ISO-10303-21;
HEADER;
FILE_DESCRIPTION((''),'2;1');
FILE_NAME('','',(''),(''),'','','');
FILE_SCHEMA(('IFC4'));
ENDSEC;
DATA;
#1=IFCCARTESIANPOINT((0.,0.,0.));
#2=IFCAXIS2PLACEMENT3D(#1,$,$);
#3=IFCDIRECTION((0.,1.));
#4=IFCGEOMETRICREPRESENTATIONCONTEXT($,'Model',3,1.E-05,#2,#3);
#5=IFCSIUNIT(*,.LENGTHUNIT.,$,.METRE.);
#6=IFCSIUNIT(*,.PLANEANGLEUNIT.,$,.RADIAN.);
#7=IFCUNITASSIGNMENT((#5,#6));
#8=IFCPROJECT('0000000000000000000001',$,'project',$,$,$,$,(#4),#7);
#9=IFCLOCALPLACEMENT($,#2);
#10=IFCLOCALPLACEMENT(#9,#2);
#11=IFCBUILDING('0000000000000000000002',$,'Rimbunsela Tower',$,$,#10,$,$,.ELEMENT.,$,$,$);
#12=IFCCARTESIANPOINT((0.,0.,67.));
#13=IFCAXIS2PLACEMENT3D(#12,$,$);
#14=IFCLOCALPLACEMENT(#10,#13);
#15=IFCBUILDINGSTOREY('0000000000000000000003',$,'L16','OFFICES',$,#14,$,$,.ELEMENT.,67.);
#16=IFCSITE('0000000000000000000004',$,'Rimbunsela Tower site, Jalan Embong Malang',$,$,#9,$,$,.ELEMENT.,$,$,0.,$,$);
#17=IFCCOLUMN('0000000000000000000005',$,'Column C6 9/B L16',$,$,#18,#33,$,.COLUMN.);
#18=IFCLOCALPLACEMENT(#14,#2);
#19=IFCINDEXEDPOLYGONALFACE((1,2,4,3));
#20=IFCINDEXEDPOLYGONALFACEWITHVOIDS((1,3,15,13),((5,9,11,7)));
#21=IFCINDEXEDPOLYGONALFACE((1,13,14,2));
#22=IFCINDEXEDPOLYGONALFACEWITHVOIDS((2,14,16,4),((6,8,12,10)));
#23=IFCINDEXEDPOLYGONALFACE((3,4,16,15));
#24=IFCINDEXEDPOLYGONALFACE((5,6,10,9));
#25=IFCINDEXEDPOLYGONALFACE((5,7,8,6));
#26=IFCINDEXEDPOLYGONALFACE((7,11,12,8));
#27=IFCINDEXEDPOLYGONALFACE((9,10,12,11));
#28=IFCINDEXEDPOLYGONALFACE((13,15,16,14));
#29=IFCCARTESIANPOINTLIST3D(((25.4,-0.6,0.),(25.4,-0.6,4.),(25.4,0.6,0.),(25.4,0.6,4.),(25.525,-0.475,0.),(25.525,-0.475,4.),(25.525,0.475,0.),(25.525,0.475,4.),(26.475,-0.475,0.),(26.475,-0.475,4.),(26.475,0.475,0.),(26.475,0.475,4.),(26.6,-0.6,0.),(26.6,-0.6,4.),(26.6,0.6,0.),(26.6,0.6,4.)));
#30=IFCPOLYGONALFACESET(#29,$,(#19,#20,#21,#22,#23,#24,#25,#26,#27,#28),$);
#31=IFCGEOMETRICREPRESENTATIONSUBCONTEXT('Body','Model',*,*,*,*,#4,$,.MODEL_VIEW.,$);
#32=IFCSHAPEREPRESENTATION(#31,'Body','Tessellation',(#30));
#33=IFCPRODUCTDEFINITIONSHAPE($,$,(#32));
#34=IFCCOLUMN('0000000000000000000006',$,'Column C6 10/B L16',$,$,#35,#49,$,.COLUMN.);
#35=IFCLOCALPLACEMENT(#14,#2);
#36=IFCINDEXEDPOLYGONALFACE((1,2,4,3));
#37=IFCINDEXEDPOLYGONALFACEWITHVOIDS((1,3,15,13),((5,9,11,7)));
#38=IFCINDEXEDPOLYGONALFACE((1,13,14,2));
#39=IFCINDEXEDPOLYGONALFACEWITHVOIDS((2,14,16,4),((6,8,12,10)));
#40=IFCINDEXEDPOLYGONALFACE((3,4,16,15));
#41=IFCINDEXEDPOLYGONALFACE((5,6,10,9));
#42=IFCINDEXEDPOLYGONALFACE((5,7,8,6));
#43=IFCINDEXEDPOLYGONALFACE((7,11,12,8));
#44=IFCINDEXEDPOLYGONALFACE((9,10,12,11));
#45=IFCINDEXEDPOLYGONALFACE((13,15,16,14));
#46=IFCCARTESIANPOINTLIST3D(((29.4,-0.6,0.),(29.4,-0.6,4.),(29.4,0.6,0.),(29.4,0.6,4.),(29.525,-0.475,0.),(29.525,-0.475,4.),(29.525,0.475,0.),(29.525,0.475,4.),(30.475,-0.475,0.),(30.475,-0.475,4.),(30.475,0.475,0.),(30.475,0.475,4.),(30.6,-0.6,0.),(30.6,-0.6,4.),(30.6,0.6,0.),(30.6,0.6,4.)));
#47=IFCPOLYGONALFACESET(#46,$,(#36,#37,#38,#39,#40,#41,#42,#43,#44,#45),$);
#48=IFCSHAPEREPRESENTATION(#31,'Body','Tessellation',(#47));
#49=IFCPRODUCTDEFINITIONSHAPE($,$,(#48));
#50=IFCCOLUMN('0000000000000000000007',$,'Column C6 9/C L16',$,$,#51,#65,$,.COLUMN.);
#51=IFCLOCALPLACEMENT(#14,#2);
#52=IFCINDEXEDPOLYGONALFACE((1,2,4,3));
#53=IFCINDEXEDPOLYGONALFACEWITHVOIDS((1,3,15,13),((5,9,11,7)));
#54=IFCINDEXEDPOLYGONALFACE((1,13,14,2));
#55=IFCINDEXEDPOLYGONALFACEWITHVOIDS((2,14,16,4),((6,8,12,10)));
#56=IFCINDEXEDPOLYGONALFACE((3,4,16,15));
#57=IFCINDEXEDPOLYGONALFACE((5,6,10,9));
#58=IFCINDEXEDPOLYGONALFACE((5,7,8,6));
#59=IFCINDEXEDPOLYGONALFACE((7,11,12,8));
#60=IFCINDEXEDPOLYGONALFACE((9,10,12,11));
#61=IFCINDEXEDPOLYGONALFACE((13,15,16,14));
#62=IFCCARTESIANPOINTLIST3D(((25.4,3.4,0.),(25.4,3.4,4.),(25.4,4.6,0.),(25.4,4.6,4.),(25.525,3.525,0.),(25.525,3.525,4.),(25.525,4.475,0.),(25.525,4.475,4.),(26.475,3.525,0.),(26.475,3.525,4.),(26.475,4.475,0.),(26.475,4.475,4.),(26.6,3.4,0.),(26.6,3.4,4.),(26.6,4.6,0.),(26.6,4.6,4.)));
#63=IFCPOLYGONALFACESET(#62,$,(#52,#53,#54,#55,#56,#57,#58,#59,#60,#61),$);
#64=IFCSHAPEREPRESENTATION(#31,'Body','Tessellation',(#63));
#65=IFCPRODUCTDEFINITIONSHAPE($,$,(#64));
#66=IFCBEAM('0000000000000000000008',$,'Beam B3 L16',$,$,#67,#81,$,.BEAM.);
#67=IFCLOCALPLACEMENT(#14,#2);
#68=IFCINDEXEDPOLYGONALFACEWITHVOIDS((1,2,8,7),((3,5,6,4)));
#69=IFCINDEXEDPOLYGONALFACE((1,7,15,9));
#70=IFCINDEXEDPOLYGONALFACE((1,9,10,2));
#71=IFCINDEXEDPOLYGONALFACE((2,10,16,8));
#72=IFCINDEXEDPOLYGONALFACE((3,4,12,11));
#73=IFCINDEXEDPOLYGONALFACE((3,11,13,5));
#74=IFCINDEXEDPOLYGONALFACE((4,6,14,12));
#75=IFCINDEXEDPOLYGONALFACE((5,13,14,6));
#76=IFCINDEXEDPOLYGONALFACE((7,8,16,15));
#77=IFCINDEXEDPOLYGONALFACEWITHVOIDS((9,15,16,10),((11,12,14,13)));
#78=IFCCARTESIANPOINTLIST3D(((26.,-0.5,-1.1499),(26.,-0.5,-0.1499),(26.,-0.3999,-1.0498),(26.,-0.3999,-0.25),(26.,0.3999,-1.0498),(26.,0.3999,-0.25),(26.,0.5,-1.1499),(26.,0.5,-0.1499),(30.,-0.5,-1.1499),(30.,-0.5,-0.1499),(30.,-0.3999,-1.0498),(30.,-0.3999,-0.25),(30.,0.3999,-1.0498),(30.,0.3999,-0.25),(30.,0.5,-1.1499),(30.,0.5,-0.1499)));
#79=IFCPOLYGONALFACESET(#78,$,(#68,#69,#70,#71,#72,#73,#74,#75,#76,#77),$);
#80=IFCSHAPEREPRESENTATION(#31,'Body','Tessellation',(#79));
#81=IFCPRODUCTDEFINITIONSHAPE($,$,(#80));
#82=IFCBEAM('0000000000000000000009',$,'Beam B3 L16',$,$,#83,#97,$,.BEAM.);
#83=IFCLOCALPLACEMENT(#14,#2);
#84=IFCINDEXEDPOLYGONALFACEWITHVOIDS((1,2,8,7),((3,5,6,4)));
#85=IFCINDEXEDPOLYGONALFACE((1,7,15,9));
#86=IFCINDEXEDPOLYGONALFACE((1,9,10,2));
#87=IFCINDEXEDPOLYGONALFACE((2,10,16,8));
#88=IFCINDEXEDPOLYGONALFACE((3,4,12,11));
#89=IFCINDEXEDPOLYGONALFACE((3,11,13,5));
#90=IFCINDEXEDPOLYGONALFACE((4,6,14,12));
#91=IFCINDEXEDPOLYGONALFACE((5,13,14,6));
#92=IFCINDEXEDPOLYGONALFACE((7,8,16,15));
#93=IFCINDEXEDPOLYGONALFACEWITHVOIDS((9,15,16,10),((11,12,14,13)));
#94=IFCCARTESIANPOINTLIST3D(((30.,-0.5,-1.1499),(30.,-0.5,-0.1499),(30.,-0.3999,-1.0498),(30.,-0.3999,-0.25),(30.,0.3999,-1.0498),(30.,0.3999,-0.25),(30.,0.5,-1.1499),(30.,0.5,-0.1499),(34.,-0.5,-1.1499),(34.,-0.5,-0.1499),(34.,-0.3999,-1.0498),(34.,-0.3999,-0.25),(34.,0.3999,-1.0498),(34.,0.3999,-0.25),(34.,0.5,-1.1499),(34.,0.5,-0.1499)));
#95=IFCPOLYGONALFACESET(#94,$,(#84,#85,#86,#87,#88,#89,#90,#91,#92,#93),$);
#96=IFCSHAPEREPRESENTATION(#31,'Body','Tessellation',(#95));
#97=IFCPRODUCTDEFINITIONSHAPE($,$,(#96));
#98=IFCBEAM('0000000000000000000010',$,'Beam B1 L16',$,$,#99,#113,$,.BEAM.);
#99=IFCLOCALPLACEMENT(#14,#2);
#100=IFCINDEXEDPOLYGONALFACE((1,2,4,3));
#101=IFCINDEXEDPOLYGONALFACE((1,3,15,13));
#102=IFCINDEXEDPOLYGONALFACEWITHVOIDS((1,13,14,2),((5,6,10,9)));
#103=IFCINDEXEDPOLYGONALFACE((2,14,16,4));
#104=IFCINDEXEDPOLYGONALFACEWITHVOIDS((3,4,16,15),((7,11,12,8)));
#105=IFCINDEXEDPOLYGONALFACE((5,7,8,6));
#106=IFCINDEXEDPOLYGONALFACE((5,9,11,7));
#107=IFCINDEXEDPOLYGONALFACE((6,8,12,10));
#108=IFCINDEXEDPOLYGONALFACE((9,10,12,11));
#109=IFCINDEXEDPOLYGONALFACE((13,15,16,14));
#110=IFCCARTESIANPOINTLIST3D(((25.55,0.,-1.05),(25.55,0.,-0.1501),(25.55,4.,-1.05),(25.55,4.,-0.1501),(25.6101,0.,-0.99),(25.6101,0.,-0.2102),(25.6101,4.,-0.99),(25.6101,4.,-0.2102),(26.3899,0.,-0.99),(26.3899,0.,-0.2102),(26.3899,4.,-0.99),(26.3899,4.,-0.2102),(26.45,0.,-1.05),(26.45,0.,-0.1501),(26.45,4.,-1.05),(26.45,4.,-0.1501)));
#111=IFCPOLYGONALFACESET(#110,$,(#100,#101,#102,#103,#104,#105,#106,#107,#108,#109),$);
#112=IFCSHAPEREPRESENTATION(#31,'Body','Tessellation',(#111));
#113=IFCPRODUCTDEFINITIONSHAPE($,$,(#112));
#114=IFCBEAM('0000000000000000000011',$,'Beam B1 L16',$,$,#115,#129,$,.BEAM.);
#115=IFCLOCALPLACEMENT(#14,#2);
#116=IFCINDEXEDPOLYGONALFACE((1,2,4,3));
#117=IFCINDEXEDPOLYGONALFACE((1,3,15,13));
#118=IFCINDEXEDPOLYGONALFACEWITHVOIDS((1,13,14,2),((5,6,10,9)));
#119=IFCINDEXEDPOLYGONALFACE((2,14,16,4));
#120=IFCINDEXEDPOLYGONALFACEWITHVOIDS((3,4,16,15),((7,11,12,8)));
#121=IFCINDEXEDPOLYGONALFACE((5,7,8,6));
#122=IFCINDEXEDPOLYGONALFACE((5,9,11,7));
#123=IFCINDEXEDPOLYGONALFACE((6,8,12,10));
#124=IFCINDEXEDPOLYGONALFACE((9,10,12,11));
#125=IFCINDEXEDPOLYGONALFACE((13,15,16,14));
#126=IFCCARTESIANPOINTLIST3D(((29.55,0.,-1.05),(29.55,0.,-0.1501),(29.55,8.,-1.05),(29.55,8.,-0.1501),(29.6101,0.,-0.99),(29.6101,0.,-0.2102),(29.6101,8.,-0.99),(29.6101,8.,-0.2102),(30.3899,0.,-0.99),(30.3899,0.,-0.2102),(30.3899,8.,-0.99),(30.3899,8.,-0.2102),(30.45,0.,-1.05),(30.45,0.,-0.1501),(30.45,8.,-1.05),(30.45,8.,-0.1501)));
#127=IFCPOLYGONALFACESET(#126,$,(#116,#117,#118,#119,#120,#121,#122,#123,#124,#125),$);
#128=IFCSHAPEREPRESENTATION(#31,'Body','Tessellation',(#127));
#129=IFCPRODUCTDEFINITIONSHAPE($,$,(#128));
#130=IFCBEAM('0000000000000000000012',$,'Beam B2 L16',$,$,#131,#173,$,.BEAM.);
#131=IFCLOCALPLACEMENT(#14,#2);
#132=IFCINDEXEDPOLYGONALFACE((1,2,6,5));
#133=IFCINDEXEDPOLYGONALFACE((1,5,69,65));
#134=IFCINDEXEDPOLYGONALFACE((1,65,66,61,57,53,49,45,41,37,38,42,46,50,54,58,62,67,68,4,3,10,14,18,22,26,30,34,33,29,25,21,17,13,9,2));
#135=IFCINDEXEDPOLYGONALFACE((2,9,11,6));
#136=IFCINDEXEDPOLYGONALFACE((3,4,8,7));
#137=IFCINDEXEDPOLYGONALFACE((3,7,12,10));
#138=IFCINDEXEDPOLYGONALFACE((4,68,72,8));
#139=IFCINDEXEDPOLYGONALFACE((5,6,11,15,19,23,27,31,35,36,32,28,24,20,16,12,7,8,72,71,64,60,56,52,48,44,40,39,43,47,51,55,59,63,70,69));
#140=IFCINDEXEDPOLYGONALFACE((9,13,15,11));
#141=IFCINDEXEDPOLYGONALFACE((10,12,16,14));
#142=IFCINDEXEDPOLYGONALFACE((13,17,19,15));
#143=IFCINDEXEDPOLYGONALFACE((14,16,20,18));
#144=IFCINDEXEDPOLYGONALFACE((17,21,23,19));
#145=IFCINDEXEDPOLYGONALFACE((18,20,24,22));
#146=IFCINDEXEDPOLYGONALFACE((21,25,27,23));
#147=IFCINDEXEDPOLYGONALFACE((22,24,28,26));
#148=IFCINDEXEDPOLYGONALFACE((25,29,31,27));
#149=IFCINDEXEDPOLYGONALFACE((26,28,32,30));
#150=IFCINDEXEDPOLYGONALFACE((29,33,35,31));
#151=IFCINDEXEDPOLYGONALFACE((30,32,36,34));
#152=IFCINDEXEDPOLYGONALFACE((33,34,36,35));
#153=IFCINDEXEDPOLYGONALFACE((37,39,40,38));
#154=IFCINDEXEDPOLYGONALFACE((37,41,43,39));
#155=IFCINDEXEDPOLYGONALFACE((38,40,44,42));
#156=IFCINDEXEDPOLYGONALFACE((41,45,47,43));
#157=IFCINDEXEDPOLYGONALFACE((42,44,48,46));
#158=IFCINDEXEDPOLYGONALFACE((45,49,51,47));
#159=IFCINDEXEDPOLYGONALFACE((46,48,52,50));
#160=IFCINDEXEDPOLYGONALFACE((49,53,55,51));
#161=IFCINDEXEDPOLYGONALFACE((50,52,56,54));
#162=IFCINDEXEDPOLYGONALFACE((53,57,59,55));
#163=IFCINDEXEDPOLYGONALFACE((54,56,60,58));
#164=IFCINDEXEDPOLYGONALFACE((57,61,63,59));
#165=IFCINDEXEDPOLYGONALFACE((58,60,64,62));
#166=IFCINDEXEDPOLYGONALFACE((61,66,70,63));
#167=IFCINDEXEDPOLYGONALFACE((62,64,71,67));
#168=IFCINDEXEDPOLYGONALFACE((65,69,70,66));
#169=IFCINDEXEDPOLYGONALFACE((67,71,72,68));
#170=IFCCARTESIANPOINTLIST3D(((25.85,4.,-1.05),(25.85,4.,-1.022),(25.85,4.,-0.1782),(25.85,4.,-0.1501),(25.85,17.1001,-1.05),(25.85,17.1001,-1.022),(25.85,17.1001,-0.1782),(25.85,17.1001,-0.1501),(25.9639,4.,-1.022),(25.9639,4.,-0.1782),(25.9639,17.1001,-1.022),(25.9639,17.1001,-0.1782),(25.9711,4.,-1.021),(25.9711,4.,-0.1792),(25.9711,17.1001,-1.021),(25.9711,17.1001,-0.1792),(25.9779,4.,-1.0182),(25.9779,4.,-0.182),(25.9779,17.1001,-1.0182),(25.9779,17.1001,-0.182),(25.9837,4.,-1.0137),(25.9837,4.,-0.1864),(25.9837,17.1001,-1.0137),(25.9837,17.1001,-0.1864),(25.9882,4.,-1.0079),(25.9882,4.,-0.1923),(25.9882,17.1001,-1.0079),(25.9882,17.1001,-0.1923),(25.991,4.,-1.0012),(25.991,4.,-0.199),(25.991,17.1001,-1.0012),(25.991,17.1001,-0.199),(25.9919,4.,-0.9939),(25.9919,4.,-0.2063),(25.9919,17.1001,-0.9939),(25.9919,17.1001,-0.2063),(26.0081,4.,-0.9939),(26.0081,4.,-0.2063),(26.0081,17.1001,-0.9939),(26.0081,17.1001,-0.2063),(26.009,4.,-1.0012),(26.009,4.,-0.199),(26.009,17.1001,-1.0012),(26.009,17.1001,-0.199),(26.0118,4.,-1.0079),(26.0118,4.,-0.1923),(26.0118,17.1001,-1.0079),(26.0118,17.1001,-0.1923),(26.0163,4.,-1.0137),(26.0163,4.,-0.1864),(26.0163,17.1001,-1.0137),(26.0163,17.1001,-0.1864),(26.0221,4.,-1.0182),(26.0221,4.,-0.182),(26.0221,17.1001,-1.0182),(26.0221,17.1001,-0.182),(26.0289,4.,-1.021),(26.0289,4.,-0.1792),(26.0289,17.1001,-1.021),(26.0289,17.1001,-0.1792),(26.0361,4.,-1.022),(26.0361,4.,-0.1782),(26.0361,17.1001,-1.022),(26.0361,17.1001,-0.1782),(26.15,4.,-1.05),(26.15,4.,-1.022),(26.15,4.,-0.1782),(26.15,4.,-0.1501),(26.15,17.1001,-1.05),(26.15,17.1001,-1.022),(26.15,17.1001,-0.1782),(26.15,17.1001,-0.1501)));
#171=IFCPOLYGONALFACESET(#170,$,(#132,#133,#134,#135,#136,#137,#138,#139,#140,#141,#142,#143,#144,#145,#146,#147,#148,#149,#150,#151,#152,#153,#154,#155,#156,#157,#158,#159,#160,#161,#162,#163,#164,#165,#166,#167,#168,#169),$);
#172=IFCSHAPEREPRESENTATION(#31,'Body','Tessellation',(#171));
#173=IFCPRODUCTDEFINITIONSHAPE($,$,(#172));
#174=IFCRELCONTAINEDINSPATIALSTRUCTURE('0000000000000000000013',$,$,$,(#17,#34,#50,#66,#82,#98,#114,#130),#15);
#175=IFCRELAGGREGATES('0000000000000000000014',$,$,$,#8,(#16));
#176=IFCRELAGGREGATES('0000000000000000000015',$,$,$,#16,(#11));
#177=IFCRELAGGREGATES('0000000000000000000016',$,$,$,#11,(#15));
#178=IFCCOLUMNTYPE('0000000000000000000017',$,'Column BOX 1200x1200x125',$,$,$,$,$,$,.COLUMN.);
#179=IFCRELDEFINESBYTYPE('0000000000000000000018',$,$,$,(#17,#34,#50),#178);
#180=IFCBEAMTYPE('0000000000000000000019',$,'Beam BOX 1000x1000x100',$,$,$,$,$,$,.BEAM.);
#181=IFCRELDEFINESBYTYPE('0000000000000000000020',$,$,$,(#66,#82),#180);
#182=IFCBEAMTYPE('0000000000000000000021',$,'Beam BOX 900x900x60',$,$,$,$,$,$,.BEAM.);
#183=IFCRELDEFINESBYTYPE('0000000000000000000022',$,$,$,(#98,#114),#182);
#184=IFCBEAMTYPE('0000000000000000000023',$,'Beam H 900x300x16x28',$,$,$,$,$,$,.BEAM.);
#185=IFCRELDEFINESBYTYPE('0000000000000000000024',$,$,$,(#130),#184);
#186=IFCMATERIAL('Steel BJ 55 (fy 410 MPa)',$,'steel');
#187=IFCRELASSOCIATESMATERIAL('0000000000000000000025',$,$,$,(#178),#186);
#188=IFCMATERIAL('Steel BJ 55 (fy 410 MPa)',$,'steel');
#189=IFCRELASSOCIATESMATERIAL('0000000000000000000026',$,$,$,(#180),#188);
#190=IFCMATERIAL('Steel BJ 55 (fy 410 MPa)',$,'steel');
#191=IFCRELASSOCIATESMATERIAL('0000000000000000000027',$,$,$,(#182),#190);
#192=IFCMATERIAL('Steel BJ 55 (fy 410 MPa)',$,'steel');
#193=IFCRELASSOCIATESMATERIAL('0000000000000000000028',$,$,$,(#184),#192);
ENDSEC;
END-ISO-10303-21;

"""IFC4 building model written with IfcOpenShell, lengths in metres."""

from ifc_helpers import new_model, si_unit, direction, frame, origin, origin_2d, place, context, subcontext, project, spatial, hollow_rectangle, i_section, extrude, material, material_profile, profile_set, type_object, element, save


model = new_model("IFC4")

# Units and contexts
model_context = context("Model", 3, precision=1e-05, world=origin(), true_north=direction((0.0, 1.0)))
body_context = subcontext(model_context, "Body", "Model", "MODEL_VIEW")
ifc_project = project(units=[si_unit("LENGTHUNIT", "METRE"), si_unit("PLANEANGLEUNIT", "RADIAN")], contexts=[model_context])

# Site, building, storey
site_placement = place(None, origin())
site = spatial("IfcSite", under=ifc_project, at=site_placement, Name="Rimbunsela Tower site, Jalan Embong Malang", CompositionType="ELEMENT", RefElevation=0.0)
building_placement = place(site_placement, origin())
building = spatial("IfcBuilding", under=site, at=building_placement, Name="Rimbunsela Tower", CompositionType="ELEMENT")
storey_placement = place(building_placement, frame((0.0, 0.0, 67.0)))
storey = spatial("IfcBuildingStorey", under=building, at=storey_placement, Name="L16", Description="OFFICES", CompositionType="ELEMENT", Elevation=67.0)

# Columns
ifc_material_1 = material(Name="Steel BJ 55 (fy 410 MPa)", Category="steel")
ifc_material_profile_1 = material_profile(ifc_material_1, hollow_rectangle(XDim=1.2, YDim=1.2, WallThickness=0.125, at=origin_2d()), Name="BOX 1200x1200x125")
ifc_profile_set_1 = profile_set([ifc_material_profile_1], Name="Steel BJ 55 (fy 410 MPa)")
column_type = type_object("IfcColumnType", Name="Column BOX 1200x1200x125", PredefinedType="COLUMN", material=ifc_profile_set_1)
for number, where, z_axis, x_axis, name in (
    (1, (26.0, 0.0, 0.0), (0.0, 0.0, 1.0), (1.0, 0.0, 0.0), "Column C6 9/B L16"),
    (2, (30.0, 0.0, 0.0), (0.0, 0.0, 1.0), (1.0, 0.0, 0.0), "Column C6 10/B L16"),
    (3, (26.0, 4.0, 0.0), (0.0, 0.0, 1.0), (1.0, 0.0, 0.0), "Column C6 9/C L16"),
):
    element("IfcColumn", number, at=place(storey_placement, frame(where, z_axis=z_axis, x_axis=x_axis)), inside=storey, type_object=column_type, Name=name, PredefinedType="COLUMN", context=body_context, shape_type="SweptSolid", body=[
        extrude(hollow_rectangle(XDim=1.2, YDim=1.2, WallThickness=0.125, at=origin_2d()), origin(), (0.0, 0.0, 1.0), 4.0),
    ])

# Beams
ifc_material_2 = material(Name="Steel BJ 55 (fy 410 MPa)", Category="steel")
ifc_material_profile_2 = material_profile(ifc_material_2, hollow_rectangle(XDim=1.0, YDim=1.0, WallThickness=0.1001, at=origin_2d()), Name="BOX 1000x1000x100")
ifc_profile_set_2 = profile_set([ifc_material_profile_2], Name="Steel BJ 55 (fy 410 MPa)")
beam_type_1 = type_object("IfcBeamType", Name="Beam BOX 1000x1000x100", PredefinedType="BEAM", material=ifc_profile_set_2)
for number, where, z_axis, x_axis, name in (
    (4, (26.0, 0.0, -0.6499), (1.0, 0.0, 0.0), (0.0, 1.0, 0.0), "Beam B3 L16"),
    (5, (30.0, 0.0, -0.6499), (1.0, 0.0, 0.0), (0.0, 1.0, 0.0), "Beam B3 L16"),
):
    element("IfcBeam", number, at=place(storey_placement, frame(where, z_axis=z_axis, x_axis=x_axis)), inside=storey, type_object=beam_type_1, Name=name, PredefinedType="BEAM", context=body_context, shape_type="SweptSolid", body=[
        extrude(hollow_rectangle(XDim=1.0, YDim=1.0, WallThickness=0.1001, at=origin_2d()), origin(), (0.0, 0.0, 1.0), 4.0),
    ])
ifc_material_3 = material(Name="Steel BJ 55 (fy 410 MPa)", Category="steel")
ifc_material_profile_3 = material_profile(ifc_material_3, hollow_rectangle(XDim=0.8999, YDim=0.8999, WallThickness=0.0601, at=origin_2d()), Name="BOX 900x900x60")
ifc_profile_set_3 = profile_set([ifc_material_profile_3], Name="Steel BJ 55 (fy 410 MPa)")
beam_type_2 = type_object("IfcBeamType", Name="Beam BOX 900x900x60", PredefinedType="BEAM", material=ifc_profile_set_3)
beam_1_placement = place(storey_placement, frame((26.0, 0.0, -0.6001), z_axis=(0.0, 1.0, 0.0), x_axis=(-1.0, 0.0, 0.0)))
element("IfcBeam", 6, at=beam_1_placement, inside=storey, type_object=beam_type_2, Name="Beam B1 L16", PredefinedType="BEAM", context=body_context, shape_type="SweptSolid", body=[
    extrude(hollow_rectangle(XDim=0.8999, YDim=0.8999, WallThickness=0.0601, at=origin_2d()), origin(), (0.0, 0.0, 1.0), 4.0),
])
beam_2_placement = place(storey_placement, frame((30.0, 0.0, -0.6001), z_axis=(0.0, 1.0, 0.0), x_axis=(-1.0, 0.0, 0.0)))
element("IfcBeam", 7, at=beam_2_placement, inside=storey, type_object=beam_type_2, Name="Beam B1 L16", PredefinedType="BEAM", context=body_context, shape_type="SweptSolid", body=[
    extrude(hollow_rectangle(XDim=0.8999, YDim=0.8999, WallThickness=0.0601, at=origin_2d()), origin(), (0.0, 0.0, 1.0), 8.0),
])
ifc_material_4 = material(Name="Steel BJ 55 (fy 410 MPa)", Category="steel")
ifc_material_profile_4 = material_profile(ifc_material_4, i_section(OverallWidth=0.3, OverallDepth=0.8999, WebThickness=0.0161, FlangeThickness=0.0281, FilletRadius=0.0281, at=origin_2d()), Name="H 900x300x16x28")
ifc_profile_set_4 = profile_set([ifc_material_profile_4], Name="Steel BJ 55 (fy 410 MPa)")
beam_type_3 = type_object("IfcBeamType", Name="Beam H 900x300x16x28", PredefinedType="BEAM", material=ifc_profile_set_4)
beam_3_placement = place(storey_placement, frame((26.0, 4.0, -0.6001), z_axis=(0.0, 1.0, 0.0), x_axis=(-1.0, 0.0, 0.0)))
element("IfcBeam", 8, at=beam_3_placement, inside=storey, type_object=beam_type_3, Name="Beam B2 L16", PredefinedType="BEAM", context=body_context, shape_type="SweptSolid", body=[
    extrude(i_section(OverallWidth=0.3, OverallDepth=0.8999, WebThickness=0.0161, FlangeThickness=0.0281, FilletRadius=0.0281, at=origin_2d()), origin(), (0.0, 0.0, 1.0), 13.1001),
])

save(model, "model.ifc")
